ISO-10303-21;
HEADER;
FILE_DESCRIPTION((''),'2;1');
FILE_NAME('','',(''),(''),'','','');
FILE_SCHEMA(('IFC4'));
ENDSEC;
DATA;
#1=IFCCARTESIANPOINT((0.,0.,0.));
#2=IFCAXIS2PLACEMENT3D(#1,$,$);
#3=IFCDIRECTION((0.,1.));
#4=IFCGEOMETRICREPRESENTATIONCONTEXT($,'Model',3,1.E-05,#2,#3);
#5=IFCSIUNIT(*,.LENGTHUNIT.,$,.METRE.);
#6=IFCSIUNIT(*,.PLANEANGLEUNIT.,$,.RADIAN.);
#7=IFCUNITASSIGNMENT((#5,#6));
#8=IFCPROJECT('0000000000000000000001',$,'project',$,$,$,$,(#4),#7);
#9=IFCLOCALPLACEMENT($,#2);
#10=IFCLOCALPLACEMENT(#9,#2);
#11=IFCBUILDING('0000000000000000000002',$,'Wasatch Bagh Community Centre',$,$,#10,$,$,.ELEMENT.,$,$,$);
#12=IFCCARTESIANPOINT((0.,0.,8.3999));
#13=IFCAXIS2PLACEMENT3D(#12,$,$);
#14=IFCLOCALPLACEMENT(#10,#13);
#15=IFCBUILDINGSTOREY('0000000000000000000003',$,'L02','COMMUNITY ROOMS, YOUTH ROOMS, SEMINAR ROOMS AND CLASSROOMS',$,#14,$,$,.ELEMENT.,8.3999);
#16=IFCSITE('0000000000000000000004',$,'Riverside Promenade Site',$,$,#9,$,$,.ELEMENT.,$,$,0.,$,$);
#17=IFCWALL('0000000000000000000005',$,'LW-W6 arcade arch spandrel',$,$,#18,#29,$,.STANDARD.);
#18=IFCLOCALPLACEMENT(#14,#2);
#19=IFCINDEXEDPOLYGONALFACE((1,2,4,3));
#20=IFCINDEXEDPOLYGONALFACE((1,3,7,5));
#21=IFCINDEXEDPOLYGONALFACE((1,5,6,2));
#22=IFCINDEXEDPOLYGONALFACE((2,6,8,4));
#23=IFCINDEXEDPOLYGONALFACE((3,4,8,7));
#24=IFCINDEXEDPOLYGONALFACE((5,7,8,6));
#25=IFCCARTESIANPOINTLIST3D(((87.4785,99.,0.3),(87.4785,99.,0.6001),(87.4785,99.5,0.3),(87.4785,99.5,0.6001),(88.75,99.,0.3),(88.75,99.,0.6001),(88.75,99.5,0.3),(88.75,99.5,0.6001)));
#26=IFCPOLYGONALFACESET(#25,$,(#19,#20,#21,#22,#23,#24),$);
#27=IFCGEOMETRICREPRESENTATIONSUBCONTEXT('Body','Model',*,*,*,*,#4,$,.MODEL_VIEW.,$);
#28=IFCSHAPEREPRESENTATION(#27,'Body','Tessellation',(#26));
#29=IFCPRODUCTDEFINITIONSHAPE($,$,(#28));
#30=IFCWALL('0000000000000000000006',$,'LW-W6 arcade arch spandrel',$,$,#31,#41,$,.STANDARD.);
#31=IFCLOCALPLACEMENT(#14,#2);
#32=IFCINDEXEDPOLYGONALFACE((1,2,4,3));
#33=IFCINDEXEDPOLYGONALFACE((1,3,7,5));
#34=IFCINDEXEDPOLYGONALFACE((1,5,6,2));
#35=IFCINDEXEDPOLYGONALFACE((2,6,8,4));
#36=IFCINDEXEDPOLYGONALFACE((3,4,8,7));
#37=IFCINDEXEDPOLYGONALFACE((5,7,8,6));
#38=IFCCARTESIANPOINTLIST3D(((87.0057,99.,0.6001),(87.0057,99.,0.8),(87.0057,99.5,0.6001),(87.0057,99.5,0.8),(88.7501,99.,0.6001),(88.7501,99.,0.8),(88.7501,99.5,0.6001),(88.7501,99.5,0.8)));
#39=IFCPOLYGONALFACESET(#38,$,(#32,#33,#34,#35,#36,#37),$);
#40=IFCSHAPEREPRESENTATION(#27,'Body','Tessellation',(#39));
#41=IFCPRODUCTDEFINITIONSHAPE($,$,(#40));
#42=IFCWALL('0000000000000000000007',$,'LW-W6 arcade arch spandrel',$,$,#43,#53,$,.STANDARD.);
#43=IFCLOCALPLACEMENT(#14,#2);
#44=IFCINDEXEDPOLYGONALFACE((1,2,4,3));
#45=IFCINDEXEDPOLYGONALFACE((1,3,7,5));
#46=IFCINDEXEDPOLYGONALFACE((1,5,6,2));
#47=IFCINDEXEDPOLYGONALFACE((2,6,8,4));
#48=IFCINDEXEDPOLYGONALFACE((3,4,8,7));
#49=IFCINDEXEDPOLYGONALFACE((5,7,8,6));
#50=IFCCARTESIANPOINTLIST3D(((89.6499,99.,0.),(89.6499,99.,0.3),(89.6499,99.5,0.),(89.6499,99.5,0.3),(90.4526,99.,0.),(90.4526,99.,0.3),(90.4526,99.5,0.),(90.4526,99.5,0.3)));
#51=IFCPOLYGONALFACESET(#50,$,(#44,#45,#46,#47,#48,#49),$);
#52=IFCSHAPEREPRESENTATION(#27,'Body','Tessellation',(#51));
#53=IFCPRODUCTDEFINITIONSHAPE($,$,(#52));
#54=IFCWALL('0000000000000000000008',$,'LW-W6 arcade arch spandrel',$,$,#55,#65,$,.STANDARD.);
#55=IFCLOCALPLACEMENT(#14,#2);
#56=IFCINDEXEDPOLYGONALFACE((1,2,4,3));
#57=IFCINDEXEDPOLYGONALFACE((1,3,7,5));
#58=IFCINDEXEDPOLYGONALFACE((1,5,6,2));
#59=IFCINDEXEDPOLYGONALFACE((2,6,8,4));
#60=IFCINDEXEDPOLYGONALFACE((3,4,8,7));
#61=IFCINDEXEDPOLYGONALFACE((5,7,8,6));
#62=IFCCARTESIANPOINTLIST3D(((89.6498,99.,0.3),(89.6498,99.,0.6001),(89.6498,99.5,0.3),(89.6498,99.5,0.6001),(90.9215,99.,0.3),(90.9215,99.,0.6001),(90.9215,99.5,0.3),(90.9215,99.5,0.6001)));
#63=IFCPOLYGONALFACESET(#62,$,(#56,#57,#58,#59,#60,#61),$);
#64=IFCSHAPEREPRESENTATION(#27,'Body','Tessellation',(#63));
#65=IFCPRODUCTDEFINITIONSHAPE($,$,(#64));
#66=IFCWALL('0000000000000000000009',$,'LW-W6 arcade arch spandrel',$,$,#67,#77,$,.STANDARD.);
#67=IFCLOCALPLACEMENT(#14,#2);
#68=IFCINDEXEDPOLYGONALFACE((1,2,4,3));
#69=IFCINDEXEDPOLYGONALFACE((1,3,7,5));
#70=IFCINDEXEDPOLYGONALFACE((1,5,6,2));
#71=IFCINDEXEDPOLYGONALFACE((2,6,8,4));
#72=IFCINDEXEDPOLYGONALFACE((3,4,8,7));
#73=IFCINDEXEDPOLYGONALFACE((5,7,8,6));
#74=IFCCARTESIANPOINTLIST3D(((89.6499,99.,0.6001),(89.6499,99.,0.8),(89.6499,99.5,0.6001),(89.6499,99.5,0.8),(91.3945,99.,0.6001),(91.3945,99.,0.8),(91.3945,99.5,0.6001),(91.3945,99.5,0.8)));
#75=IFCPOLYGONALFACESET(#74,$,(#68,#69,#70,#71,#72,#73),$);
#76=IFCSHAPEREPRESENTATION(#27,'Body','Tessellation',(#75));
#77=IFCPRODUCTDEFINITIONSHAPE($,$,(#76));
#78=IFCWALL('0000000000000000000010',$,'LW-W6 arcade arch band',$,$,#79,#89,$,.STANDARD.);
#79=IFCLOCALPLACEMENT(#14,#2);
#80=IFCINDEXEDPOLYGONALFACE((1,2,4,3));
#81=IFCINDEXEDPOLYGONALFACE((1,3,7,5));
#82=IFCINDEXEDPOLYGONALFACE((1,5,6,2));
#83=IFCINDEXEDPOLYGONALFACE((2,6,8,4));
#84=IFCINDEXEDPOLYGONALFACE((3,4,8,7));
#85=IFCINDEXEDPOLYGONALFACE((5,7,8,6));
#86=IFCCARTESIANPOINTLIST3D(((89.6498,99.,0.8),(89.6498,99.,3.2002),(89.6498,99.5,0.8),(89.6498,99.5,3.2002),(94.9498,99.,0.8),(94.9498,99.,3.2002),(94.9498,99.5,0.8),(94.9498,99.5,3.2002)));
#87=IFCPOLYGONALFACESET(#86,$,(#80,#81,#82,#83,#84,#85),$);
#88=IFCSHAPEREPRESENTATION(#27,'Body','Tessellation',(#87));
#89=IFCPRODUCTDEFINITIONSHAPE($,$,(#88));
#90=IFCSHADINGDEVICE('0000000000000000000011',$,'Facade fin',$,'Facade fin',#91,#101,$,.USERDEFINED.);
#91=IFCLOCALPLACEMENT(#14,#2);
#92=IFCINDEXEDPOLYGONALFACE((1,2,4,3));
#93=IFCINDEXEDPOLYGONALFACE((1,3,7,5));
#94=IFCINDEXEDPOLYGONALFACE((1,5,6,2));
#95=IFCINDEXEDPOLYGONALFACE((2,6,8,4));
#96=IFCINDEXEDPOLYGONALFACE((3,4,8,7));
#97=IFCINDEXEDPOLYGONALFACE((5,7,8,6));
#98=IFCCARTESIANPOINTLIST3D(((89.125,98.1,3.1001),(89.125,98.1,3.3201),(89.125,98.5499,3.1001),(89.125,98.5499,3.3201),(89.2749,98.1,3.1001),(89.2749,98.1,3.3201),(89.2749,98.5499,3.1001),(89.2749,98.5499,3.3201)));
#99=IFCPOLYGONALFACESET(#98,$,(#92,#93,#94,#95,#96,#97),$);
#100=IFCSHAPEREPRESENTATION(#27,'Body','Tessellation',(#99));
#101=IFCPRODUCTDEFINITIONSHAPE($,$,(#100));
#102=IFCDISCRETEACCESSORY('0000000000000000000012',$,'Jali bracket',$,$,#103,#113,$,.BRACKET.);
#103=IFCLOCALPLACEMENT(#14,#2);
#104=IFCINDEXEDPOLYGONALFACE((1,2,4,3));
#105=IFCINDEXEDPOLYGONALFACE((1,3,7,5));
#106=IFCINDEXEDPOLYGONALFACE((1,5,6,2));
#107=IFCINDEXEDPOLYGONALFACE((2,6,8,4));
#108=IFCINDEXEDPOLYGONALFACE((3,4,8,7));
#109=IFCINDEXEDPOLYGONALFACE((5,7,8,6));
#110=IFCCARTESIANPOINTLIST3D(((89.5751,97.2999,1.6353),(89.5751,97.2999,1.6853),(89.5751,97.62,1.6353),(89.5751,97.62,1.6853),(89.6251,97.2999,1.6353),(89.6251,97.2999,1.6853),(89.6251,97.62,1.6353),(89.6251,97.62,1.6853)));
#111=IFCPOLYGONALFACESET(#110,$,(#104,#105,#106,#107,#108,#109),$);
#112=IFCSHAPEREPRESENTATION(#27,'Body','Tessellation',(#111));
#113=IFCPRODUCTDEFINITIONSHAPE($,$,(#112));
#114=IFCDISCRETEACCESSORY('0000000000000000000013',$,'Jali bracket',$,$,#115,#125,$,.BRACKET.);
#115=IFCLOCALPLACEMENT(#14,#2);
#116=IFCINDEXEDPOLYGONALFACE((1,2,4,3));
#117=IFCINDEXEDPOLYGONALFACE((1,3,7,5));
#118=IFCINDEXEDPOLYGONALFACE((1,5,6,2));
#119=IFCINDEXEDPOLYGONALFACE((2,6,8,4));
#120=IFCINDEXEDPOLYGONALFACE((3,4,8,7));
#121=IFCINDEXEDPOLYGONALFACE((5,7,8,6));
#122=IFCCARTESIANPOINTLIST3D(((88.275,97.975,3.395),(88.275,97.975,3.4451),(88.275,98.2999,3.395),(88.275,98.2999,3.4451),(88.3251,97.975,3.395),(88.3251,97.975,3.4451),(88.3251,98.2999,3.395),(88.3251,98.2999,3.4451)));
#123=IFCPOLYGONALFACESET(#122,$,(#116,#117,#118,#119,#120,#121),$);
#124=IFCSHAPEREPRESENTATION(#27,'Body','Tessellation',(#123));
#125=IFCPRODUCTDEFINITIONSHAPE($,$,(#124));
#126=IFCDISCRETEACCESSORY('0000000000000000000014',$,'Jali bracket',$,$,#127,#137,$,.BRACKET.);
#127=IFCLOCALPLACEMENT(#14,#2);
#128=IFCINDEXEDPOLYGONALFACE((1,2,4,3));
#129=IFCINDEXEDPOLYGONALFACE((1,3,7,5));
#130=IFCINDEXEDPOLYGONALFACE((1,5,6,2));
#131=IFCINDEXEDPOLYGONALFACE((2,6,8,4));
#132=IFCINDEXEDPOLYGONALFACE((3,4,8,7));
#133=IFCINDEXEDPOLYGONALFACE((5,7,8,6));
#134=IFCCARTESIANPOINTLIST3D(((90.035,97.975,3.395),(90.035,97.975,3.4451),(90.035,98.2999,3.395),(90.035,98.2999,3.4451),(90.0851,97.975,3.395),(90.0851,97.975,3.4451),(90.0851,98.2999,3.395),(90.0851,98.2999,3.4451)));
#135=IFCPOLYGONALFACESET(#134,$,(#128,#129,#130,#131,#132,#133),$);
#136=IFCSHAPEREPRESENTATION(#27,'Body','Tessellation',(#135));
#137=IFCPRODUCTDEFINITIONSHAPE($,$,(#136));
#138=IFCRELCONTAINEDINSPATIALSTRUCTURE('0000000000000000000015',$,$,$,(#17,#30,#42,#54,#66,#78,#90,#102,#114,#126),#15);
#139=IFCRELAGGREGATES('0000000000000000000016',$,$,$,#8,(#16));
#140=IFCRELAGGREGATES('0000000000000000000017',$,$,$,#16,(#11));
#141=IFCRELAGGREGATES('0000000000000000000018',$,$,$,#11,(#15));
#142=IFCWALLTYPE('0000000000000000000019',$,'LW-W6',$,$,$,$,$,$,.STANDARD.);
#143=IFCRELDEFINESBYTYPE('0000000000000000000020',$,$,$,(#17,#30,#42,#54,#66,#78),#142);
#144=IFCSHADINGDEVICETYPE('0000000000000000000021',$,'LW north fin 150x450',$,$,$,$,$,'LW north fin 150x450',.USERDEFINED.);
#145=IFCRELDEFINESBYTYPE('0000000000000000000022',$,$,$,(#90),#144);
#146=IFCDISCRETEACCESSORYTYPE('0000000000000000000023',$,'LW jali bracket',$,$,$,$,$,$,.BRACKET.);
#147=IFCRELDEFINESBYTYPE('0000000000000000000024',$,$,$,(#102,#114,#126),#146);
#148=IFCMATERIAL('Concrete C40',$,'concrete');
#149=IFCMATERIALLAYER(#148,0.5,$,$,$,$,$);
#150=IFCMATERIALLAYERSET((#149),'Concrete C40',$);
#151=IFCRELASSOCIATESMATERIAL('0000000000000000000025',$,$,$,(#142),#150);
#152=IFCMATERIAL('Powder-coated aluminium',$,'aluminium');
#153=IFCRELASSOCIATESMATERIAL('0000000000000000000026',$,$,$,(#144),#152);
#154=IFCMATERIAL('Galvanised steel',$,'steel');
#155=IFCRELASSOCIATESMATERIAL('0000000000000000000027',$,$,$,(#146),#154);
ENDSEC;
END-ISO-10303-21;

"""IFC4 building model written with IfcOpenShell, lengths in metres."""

from ifc_helpers import new_model, si_unit, direction, frame, frame_2d, origin, origin_2d, place, context, subcontext, project, spatial, rectangle, extrude, material, layer, layer_set, type_object, element, save


model = new_model("IFC4")

# Units and contexts
model_context = context("Model", 3, precision=1e-05, world=origin(), true_north=direction((0.0, 1.0)))
body_context = subcontext(model_context, "Body", "Model", "MODEL_VIEW")
ifc_project = project(units=[si_unit("LENGTHUNIT", "METRE"), si_unit("PLANEANGLEUNIT", "RADIAN")], contexts=[model_context])

# Site, building, storey
site_placement = place(None, origin())
site = spatial("IfcSite", under=ifc_project, at=site_placement, Name="Riverside Promenade Site", CompositionType="ELEMENT", RefElevation=0.0)
building_placement = place(site_placement, origin())
building = spatial("IfcBuilding", under=site, at=building_placement, Name="Wasatch Bagh Community Centre", CompositionType="ELEMENT")
storey_placement = place(building_placement, frame((0.0, 0.0, 8.3999)))
storey = spatial("IfcBuildingStorey", under=building, at=storey_placement, Name="L02", Description="COMMUNITY ROOMS, YOUTH ROOMS, SEMINAR ROOMS AND CLASSROOMS", CompositionType="ELEMENT", Elevation=8.3999)

# Shared definitions
ifc_material_1 = material(Name="Concrete C40", Category="concrete")

# Walls
ifc_layer_1 = layer(ifc_material_1, 0.5)
ifc_layer_set_1 = layer_set([ifc_layer_1], Name="Concrete C40")
wall_type_1 = type_object("IfcWallType", Name="LW-W6", PredefinedType="STANDARD", material=ifc_layer_set_1)
wall_1_placement = place(storey_placement, frame((88.75, 99.25, 0.3), z_axis=(0.0, 0.0, 1.0), x_axis=(-1.0, 0.0, 0.0)))
element("IfcWall", 1, at=wall_1_placement, inside=storey, type_object=wall_type_1, Name="LW-W6 arcade arch spandrel", PredefinedType="STANDARD", context=body_context, shape_type="SweptSolid", body=[
    extrude(rectangle(XDim=1.2715, YDim=0.5, at=frame_2d((0.6357, 0.0))), origin(), (0.0, 0.0, 1.0), 0.3),
])
wall_2_placement = place(storey_placement, frame((88.75, 99.25, 0.6001), z_axis=(0.0, 0.0, 1.0), x_axis=(-1.0, 0.0, 0.0)))
element("IfcWall", 2, at=wall_2_placement, inside=storey, type_object=wall_type_1, Name="LW-W6 arcade arch spandrel", PredefinedType="STANDARD", context=body_context, shape_type="SweptSolid", body=[
    extrude(rectangle(XDim=1.7444, YDim=0.5, at=frame_2d((0.8721, 0.0))), origin(), (0.0, 0.0, 1.0), 0.2),
])
wall_3_placement = place(storey_placement, frame((89.6499, 99.25, 0.0), z_axis=(0.0, 0.0, 1.0), x_axis=(1.0, 0.0, 0.0)))
element("IfcWall", 3, at=wall_3_placement, inside=storey, type_object=wall_type_1, Name="LW-W6 arcade arch spandrel", PredefinedType="STANDARD", context=body_context, shape_type="SweptSolid", body=[
    extrude(rectangle(XDim=0.8027, YDim=0.5, at=frame_2d((0.4014, 0.0))), origin(), (0.0, 0.0, 1.0), 0.3),
])
wall_4_placement = place(storey_placement, frame((89.6499, 99.25, 0.3), z_axis=(0.0, 0.0, 1.0), x_axis=(1.0, 0.0, 0.0)))
element("IfcWall", 4, at=wall_4_placement, inside=storey, type_object=wall_type_1, Name="LW-W6 arcade arch spandrel", PredefinedType="STANDARD", context=body_context, shape_type="SweptSolid", body=[
    extrude(rectangle(XDim=1.2717, YDim=0.5, at=frame_2d((0.6357, 0.0))), origin(), (0.0, 0.0, 1.0), 0.3),
])
wall_5_placement = place(storey_placement, frame((89.6499, 99.25, 0.6001), z_axis=(0.0, 0.0, 1.0), x_axis=(1.0, 0.0, 0.0)))
element("IfcWall", 5, at=wall_5_placement, inside=storey, type_object=wall_type_1, Name="LW-W6 arcade arch spandrel", PredefinedType="STANDARD", context=body_context, shape_type="SweptSolid", body=[
    extrude(rectangle(XDim=1.7446, YDim=0.5, at=frame_2d((0.8723, 0.0))), origin(), (0.0, 0.0, 1.0), 0.2),
])
wall_6_placement = place(storey_placement, frame((89.6499, 99.25, 0.8), z_axis=(0.0, 0.0, 1.0), x_axis=(1.0, 0.0, 0.0)))
element("IfcWall", 6, at=wall_6_placement, inside=storey, type_object=wall_type_1, Name="LW-W6 arcade arch band", PredefinedType="STANDARD", context=body_context, shape_type="SweptSolid", body=[
    extrude(rectangle(XDim=5.3, YDim=0.5, at=frame_2d((2.6499, 0.0))), origin(), (0.0, 0.0, 1.0), 2.4001),
])

# Shading device
ifc_material_2 = material(Name="Powder-coated aluminium", Category="aluminium")
shading_device_type = type_object("IfcShadingDeviceType", Name="LW north fin 150x450", ElementType="LW north fin 150x450", PredefinedType="USERDEFINED", material=ifc_material_2)
shading_device_placement = place(storey_placement, frame((89.2, 98.325, 3.1001), z_axis=(0.0, 0.0, 1.0), x_axis=(1.0, 0.0, 0.0)))
element("IfcShadingDevice", 7, at=shading_device_placement, inside=storey, type_object=shading_device_type, Name="Facade fin", ObjectType="Facade fin", PredefinedType="USERDEFINED", context=body_context, shape_type="SweptSolid", body=[
    extrude(rectangle(XDim=0.1499, YDim=0.45, at=origin_2d()), origin(), (0.0, 0.0, 1.0), 0.22),
])

# Discrete accessories
ifc_material_3 = material(Name="Galvanised steel", Category="steel")
discrete_accessory_type = type_object("IfcDiscreteAccessoryType", Name="LW jali bracket", PredefinedType="BRACKET", material=ifc_material_3)
discrete_accessory_placement = place(storey_placement, frame((89.6001, 97.46, 1.6353), z_axis=(0.0, 0.0, 1.0), x_axis=(1.0, 0.0, 0.0)))
element("IfcDiscreteAccessory", 8, at=discrete_accessory_placement, inside=storey, type_object=discrete_accessory_type, Name="Jali bracket", PredefinedType="BRACKET", context=body_context, shape_type="SweptSolid", body=[
    extrude(rectangle(XDim=0.05, YDim=0.3201, at=origin_2d()), origin(), (0.0, 0.0, 1.0), 0.05),
])
for number, where, z_axis, x_axis, name in (
    (9, (88.3, 98.1375, 3.395), (0.0, 0.0, 1.0), (1.0, 0.0, 0.0), "Jali bracket"),
    (10, (90.0601, 98.1375, 3.395), (0.0, 0.0, 1.0), (1.0, 0.0, 0.0), "Jali bracket"),
):
    element("IfcDiscreteAccessory", number, at=place(storey_placement, frame(where, z_axis=z_axis, x_axis=x_axis)), inside=storey, type_object=discrete_accessory_type, Name=name, PredefinedType="BRACKET", context=body_context, shape_type="SweptSolid", body=[
        extrude(rectangle(XDim=0.05, YDim=0.325, at=origin_2d()), origin(), (0.0, 0.0, 1.0), 0.05),
    ])

save(model, "model.ifc")
